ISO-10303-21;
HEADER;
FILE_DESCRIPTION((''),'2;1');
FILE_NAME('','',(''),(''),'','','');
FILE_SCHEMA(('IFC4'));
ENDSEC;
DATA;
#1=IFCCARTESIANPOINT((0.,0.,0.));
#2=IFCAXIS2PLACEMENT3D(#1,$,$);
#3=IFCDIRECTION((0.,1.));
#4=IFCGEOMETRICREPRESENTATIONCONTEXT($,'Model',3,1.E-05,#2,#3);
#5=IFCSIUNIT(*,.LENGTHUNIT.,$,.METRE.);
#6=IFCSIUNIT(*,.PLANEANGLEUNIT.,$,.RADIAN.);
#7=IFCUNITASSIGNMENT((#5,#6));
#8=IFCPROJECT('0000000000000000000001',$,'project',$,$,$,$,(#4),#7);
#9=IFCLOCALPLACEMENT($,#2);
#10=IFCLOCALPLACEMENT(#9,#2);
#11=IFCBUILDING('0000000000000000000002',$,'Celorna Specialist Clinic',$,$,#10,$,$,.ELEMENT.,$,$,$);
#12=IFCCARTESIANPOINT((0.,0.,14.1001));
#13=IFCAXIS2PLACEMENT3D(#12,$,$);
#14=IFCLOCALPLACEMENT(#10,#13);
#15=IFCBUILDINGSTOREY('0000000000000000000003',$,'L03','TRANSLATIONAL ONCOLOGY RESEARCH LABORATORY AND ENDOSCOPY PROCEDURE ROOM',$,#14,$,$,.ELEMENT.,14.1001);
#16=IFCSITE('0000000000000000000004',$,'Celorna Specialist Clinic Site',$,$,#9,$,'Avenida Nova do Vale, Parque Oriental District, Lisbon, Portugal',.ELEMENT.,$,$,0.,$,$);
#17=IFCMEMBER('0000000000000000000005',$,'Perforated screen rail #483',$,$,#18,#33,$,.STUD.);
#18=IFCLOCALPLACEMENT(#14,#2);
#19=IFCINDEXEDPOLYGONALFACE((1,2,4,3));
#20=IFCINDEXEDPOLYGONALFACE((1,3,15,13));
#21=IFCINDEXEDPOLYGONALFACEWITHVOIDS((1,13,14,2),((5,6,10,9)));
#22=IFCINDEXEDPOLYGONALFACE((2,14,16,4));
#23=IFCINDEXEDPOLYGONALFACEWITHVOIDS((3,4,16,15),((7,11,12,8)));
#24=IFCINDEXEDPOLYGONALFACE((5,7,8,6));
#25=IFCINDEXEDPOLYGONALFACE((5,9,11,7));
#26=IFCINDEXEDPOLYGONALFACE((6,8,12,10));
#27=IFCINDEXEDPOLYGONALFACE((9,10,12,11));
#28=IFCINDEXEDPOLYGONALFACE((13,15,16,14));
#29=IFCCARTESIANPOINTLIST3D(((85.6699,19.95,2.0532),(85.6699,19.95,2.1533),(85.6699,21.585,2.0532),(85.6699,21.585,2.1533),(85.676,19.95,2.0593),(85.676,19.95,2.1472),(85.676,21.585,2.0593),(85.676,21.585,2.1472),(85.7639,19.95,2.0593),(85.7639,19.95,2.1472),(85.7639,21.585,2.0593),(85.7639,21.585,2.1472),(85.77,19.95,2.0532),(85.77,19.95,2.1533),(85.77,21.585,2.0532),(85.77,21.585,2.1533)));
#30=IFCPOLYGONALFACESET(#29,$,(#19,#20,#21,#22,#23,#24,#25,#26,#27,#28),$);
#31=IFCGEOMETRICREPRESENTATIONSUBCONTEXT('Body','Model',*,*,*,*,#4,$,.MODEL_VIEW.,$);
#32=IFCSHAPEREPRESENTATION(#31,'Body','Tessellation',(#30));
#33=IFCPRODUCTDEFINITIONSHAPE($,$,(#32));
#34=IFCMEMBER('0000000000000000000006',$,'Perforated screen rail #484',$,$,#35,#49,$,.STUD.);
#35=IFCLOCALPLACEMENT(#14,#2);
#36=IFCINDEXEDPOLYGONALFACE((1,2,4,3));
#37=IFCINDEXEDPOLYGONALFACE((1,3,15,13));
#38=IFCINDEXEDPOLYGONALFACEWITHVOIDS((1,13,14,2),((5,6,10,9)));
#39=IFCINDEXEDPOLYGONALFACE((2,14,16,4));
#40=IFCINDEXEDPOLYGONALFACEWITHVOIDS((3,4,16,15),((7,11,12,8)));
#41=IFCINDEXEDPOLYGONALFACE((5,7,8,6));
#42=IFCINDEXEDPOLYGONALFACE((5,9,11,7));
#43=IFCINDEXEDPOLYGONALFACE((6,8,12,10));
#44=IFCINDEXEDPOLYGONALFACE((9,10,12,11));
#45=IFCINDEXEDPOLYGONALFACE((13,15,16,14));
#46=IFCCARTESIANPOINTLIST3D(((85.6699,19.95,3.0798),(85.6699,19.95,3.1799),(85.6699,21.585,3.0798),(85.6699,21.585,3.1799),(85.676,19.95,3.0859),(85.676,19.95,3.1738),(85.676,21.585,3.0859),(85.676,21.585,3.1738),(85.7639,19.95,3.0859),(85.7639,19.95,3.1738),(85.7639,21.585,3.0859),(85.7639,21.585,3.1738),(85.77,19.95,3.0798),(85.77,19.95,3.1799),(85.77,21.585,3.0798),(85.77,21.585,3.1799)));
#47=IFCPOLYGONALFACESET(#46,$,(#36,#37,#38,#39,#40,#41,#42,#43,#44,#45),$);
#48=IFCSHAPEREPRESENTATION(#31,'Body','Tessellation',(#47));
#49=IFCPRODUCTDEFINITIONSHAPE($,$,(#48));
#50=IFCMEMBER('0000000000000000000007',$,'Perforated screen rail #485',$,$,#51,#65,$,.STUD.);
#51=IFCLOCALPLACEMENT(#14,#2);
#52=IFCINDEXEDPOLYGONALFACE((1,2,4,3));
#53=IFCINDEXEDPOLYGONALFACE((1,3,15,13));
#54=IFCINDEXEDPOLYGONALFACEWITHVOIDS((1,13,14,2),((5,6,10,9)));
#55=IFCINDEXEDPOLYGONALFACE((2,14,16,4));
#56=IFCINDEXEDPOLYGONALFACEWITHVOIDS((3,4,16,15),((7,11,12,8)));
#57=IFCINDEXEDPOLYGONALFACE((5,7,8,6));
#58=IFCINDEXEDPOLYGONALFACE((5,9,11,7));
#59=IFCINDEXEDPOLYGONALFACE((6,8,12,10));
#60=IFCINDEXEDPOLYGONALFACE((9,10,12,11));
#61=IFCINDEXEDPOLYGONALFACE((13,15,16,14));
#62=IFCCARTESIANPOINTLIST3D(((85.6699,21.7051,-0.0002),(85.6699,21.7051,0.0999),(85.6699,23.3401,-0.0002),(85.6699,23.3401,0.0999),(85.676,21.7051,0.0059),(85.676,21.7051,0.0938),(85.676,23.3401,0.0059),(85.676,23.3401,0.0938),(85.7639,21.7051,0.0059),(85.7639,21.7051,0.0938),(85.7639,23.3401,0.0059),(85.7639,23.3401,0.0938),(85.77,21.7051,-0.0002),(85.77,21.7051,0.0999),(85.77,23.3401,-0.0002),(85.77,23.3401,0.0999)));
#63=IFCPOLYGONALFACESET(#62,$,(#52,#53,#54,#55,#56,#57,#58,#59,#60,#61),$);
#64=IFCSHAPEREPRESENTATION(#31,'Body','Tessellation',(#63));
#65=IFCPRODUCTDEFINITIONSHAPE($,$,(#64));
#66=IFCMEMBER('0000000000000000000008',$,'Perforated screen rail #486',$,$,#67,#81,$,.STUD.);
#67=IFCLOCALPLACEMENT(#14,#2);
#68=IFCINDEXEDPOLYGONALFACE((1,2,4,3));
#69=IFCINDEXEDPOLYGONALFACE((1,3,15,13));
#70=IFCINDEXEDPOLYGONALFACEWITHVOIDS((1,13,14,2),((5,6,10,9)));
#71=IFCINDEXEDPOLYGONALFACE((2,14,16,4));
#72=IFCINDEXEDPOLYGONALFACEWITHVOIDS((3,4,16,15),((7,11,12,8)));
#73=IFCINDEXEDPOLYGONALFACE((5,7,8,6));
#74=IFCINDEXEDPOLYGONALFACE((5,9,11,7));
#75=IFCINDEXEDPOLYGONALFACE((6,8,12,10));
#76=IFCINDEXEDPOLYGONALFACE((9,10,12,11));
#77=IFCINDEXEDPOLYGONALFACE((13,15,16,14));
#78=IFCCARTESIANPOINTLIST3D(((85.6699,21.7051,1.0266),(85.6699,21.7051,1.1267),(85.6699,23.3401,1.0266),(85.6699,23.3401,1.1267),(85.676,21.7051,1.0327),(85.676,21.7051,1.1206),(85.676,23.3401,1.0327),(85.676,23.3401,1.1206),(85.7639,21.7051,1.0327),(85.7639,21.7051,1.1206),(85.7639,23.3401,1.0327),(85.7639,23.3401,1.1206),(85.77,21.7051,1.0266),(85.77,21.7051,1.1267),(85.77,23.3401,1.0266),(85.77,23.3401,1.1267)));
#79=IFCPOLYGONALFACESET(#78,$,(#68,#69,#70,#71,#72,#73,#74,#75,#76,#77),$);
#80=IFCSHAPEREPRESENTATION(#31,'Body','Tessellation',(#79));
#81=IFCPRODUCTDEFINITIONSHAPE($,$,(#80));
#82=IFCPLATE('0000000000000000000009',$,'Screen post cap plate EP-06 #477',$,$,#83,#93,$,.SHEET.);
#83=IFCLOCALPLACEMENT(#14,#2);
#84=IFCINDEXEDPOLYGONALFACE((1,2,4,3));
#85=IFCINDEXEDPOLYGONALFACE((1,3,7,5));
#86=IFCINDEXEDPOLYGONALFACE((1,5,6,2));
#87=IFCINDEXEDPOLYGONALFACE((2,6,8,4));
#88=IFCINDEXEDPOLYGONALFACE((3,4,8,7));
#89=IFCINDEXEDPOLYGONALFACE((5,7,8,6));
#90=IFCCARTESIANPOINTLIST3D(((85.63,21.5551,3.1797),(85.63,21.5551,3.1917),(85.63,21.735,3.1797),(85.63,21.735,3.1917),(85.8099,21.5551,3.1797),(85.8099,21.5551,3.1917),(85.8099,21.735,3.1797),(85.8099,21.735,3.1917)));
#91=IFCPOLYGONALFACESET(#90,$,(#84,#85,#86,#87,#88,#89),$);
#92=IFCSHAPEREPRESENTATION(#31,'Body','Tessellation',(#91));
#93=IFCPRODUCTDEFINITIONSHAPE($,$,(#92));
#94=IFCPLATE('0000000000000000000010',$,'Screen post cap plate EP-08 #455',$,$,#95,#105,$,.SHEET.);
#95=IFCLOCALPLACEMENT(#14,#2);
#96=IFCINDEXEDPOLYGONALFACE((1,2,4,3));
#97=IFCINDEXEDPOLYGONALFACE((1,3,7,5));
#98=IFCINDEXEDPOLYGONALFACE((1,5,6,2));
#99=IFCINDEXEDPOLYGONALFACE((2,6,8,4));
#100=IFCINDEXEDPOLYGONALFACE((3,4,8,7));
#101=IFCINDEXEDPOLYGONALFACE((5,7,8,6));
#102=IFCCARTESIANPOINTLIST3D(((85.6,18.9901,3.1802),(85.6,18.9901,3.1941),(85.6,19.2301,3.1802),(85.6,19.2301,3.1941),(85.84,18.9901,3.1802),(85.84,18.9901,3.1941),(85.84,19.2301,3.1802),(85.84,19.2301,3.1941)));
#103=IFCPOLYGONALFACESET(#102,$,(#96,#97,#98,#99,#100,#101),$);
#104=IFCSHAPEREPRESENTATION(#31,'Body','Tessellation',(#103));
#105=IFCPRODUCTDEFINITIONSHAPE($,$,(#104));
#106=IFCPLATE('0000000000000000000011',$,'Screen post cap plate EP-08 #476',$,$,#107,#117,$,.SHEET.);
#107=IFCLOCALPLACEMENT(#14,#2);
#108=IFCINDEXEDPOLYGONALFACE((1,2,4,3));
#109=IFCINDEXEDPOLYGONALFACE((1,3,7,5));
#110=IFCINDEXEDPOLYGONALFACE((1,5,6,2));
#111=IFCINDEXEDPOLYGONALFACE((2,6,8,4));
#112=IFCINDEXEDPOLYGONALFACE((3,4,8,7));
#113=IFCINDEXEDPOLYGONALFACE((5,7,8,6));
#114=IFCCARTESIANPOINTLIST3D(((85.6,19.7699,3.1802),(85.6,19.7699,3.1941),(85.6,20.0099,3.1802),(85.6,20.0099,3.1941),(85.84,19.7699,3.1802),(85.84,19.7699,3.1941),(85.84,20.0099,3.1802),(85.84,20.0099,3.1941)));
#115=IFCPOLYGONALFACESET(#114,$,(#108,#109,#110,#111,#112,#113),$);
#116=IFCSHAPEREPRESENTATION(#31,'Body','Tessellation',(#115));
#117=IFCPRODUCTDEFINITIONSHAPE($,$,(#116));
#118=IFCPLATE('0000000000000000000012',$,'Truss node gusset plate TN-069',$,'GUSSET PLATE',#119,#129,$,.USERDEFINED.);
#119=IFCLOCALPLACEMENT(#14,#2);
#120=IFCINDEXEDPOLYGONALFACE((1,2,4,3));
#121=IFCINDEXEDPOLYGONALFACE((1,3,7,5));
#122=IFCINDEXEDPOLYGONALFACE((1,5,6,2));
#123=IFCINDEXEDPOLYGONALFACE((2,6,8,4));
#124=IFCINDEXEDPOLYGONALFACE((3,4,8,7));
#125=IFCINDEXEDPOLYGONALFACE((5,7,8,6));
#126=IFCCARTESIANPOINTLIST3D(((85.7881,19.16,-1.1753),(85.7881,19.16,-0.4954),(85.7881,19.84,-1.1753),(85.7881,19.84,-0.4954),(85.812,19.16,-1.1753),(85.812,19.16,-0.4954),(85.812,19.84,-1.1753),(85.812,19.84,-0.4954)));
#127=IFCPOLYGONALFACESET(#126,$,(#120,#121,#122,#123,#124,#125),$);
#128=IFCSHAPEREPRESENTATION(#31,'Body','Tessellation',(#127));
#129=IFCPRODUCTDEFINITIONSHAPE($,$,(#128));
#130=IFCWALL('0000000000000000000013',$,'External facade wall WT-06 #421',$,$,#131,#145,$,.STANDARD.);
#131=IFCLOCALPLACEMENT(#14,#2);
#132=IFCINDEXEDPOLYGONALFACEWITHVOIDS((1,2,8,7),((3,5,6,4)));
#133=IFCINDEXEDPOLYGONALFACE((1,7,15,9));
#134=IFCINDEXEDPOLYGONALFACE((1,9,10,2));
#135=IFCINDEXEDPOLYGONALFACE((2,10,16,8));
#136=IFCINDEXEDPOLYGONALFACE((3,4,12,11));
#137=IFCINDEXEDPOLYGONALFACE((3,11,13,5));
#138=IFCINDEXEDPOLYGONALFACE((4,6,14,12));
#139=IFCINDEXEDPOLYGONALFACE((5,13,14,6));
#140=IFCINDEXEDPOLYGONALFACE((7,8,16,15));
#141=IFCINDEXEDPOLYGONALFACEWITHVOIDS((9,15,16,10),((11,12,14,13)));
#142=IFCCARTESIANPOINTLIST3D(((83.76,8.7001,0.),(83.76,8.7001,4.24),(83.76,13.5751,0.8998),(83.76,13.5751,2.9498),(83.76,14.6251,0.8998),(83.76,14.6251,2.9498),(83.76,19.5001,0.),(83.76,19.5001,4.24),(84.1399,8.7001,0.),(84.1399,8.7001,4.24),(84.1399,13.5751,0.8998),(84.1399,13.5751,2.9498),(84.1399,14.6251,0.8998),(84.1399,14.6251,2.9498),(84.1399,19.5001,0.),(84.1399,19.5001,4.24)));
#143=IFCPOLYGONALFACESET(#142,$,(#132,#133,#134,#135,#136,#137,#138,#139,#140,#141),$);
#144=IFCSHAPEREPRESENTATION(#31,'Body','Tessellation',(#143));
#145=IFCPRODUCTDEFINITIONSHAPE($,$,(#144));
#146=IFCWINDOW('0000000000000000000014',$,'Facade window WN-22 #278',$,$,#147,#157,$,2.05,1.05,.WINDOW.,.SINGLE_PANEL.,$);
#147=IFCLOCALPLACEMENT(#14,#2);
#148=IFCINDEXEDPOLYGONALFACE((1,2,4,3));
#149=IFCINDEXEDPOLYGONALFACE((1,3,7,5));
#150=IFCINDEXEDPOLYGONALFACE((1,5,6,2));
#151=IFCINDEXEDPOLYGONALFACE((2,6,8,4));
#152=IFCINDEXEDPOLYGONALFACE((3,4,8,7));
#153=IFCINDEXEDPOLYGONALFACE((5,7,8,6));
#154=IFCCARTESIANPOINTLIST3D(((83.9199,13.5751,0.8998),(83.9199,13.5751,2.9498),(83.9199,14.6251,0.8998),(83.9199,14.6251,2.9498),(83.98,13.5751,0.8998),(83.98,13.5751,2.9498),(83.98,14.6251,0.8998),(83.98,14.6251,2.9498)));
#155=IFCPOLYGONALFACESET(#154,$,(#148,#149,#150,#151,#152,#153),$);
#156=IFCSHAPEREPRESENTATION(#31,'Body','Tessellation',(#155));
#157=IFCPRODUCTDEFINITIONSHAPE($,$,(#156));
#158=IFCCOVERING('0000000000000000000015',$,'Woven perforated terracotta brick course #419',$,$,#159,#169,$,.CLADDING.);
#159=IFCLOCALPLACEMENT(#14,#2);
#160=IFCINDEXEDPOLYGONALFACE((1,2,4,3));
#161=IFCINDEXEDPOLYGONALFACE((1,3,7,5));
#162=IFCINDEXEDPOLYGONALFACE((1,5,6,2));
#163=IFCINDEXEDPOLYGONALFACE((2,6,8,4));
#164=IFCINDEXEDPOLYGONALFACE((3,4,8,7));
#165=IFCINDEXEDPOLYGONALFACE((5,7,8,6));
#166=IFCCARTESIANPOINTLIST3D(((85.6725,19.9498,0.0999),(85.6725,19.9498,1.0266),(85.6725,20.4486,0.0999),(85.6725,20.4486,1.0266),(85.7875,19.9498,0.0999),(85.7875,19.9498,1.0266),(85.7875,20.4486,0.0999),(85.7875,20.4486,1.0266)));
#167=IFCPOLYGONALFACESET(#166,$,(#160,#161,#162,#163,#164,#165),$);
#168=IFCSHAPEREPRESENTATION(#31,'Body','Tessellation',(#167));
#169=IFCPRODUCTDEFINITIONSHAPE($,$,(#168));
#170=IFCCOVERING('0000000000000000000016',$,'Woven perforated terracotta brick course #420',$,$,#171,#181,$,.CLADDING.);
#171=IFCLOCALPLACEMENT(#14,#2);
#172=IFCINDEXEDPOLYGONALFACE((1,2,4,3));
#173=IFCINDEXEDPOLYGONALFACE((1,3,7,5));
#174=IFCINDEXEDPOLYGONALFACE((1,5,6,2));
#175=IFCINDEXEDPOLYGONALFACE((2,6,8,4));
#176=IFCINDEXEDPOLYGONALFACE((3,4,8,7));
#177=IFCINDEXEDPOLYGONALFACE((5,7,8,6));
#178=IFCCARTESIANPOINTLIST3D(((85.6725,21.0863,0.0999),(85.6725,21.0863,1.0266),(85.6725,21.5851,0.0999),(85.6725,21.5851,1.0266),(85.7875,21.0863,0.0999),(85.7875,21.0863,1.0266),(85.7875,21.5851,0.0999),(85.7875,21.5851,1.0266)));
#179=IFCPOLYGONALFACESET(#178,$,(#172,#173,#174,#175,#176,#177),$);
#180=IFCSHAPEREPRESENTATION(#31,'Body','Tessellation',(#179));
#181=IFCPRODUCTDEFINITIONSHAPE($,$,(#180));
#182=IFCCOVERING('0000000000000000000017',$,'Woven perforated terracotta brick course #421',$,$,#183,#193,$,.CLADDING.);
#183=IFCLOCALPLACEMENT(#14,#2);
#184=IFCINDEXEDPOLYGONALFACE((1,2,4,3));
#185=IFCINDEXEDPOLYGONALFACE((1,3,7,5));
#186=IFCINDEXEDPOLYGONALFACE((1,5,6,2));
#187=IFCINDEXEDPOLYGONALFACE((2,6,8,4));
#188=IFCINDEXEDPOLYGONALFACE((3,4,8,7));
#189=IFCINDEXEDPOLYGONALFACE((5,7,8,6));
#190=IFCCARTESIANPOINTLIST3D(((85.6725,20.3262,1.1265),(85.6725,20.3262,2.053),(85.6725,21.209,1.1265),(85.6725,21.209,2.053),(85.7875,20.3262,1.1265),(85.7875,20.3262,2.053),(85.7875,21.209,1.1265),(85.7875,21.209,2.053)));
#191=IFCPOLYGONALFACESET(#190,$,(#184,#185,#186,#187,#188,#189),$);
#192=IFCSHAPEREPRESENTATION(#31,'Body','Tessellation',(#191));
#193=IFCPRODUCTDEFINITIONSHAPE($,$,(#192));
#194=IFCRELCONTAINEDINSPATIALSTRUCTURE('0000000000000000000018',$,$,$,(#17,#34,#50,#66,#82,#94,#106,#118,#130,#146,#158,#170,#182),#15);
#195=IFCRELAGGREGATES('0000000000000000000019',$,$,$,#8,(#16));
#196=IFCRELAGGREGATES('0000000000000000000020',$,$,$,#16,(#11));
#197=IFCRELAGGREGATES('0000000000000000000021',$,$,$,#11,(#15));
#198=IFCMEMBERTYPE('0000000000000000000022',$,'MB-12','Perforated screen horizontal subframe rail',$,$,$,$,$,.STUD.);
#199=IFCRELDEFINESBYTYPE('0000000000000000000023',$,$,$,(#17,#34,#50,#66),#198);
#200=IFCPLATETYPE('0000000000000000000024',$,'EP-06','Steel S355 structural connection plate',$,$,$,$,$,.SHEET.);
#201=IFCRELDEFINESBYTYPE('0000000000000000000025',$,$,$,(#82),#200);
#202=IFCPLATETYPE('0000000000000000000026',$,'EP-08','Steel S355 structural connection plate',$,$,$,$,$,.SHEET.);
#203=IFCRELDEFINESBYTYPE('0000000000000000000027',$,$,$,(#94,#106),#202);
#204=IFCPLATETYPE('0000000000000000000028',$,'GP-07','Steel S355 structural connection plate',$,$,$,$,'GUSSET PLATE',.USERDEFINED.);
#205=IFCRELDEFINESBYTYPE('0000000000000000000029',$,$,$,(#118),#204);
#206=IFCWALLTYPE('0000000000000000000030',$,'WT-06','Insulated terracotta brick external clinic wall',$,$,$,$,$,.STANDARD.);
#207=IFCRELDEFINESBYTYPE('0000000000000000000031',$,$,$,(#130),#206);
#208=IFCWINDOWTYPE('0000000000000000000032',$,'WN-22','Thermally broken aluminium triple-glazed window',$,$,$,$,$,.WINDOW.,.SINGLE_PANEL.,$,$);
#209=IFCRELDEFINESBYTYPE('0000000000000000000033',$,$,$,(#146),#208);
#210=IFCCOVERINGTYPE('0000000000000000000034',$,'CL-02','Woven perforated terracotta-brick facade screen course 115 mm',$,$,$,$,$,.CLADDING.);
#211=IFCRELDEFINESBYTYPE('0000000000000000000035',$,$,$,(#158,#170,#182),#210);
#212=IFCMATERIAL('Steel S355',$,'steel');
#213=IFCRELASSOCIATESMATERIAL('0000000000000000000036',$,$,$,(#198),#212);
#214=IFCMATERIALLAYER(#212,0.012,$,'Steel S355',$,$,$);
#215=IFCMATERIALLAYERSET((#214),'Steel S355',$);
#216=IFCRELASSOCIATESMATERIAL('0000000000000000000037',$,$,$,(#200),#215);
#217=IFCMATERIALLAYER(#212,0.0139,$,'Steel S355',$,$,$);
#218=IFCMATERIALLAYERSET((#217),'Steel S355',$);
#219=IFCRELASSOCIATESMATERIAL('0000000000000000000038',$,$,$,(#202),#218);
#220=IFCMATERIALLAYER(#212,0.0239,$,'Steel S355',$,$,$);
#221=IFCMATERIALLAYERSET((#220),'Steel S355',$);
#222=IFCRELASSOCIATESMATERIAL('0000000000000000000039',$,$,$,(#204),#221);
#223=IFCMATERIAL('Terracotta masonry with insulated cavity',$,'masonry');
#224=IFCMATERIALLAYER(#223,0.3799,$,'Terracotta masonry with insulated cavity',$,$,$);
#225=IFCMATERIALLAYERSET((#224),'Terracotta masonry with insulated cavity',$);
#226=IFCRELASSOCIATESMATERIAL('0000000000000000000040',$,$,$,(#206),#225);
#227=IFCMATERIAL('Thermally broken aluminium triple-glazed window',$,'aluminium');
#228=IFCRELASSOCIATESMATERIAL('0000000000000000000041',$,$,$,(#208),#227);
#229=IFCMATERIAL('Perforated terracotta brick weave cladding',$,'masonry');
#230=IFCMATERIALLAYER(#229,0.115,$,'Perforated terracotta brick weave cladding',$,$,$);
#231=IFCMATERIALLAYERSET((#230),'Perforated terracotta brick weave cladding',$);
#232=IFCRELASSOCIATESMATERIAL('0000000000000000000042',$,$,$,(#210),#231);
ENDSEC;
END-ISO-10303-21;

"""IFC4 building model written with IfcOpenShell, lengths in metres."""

from ifc_helpers import new_model, si_unit, direction, frame, frame_2d, origin, origin_2d, place, context, subcontext, project, spatial, rectangle, hollow_rectangle, extrude, material, layer, layer_set, material_profile, profile_set, type_object, element, fill, save


model = new_model("IFC4")

# Units and contexts
model_context = context("Model", 3, precision=1e-05, world=origin(), true_north=direction((0.0, 1.0)))
body_context = subcontext(model_context, "Body", "Model", "MODEL_VIEW")
ifc_project = project(units=[si_unit("LENGTHUNIT", "METRE"), si_unit("PLANEANGLEUNIT", "RADIAN")], contexts=[model_context])

# Site, building, storey
site_placement = place(None, origin())
site = spatial("IfcSite", under=ifc_project, at=site_placement, Name="Celorna Specialist Clinic Site", LongName="Avenida Nova do Vale, Parque Oriental District, Lisbon, Portugal", CompositionType="ELEMENT", RefElevation=0.0)
building_placement = place(site_placement, origin())
building = spatial("IfcBuilding", under=site, at=building_placement, Name="Celorna Specialist Clinic", CompositionType="ELEMENT")
storey_placement = place(building_placement, frame((0.0, 0.0, 14.1001)))
storey = spatial("IfcBuildingStorey", under=building, at=storey_placement, Name="L03", Description="TRANSLATIONAL ONCOLOGY RESEARCH LABORATORY AND ENDOSCOPY PROCEDURE ROOM", CompositionType="ELEMENT", Elevation=14.1001)

# Shared definitions
ifc_material_1 = material(Name="Steel S355", Category="steel")

# Members
ifc_material_profile_1 = material_profile(ifc_material_1, hollow_rectangle(XDim=0.1001, YDim=0.1001, WallThickness=0.0061, at=origin_2d()), Name="SHS 100x100x6")
ifc_profile_set_1 = profile_set([ifc_material_profile_1], Name="Steel S355")
member_type_1 = type_object("IfcMemberType", Name="MB-12", Description="Perforated screen horizontal subframe rail", PredefinedType="STUD", material=ifc_profile_set_1)
for number, where, z_axis, x_axis, name in (
    (1, (85.72, 19.95, 2.1033), (0.0, 1.0, 0.0), (-1.0, 0.0, 0.0), "Perforated screen rail #483"),
    (2, (85.72, 19.95, 3.1299), (0.0, 1.0, 0.0), (-1.0, 0.0, 0.0), "Perforated screen rail #484"),
    (3, (85.72, 21.7051, 0.0498), (0.0, 1.0, 0.0), (-1.0, 0.0, 0.0), "Perforated screen rail #485"),
    (4, (85.72, 21.7051, 1.0767), (0.0, 1.0, 0.0), (-1.0, 0.0, 0.0), "Perforated screen rail #486"),
):
    element("IfcMember", number, at=place(storey_placement, frame(where, z_axis=z_axis, x_axis=x_axis)), inside=storey, type_object=member_type_1, Name=name, PredefinedType="STUD", context=body_context, shape_type="SweptSolid", body=[
        extrude(hollow_rectangle(XDim=0.1001, YDim=0.1001, WallThickness=0.0061, at=origin_2d()), origin(), (0.0, 0.0, 1.0), 1.635),
    ])

# Plates
ifc_layer_1 = layer(ifc_material_1, 0.012, Name="Steel S355")
ifc_layer_set_1 = layer_set([ifc_layer_1], Name="Steel S355")
plate_type_1 = type_object("IfcPlateType", Name="EP-06", Description="Steel S355 structural connection plate", PredefinedType="SHEET", material=ifc_layer_set_1)
plate_1_placement = place(storey_placement, frame((85.72, 21.645, 3.1797), z_axis=(0.0, 0.0, 1.0), x_axis=(0.0, 1.0, 0.0)))
element("IfcPlate", 5, at=plate_1_placement, inside=storey, type_object=plate_type_1, Name="Screen post cap plate EP-06 #477", PredefinedType="SHEET", context=body_context, shape_type="SweptSolid", body=[
    extrude(rectangle(XDim=0.1799, YDim=0.1799, at=origin_2d()), origin(), (0.0, 0.0, 1.0), 0.012),
])
ifc_layer_2 = layer(ifc_material_1, 0.0139, Name="Steel S355")
ifc_layer_set_2 = layer_set([ifc_layer_2], Name="Steel S355")
plate_type_2 = type_object("IfcPlateType", Name="EP-08", Description="Steel S355 structural connection plate", PredefinedType="SHEET", material=ifc_layer_set_2)
for number, where, z_axis, x_axis, name in (
    (6, (85.72, 19.1101, 3.1802), (0.0, 0.0, 1.0), (0.0, 1.0, 0.0), "Screen post cap plate EP-08 #455"),
    (7, (85.72, 19.8899, 3.1802), (0.0, 0.0, 1.0), (0.0, 1.0, 0.0), "Screen post cap plate EP-08 #476"),
):
    element("IfcPlate", number, at=place(storey_placement, frame(where, z_axis=z_axis, x_axis=x_axis)), inside=storey, type_object=plate_type_2, Name=name, PredefinedType="SHEET", context=body_context, shape_type="SweptSolid", body=[
        extrude(rectangle(XDim=0.24, YDim=0.24, at=origin_2d()), origin(), (0.0, 0.0, 1.0), 0.0139),
    ])
ifc_layer_3 = layer(ifc_material_1, 0.0239, Name="Steel S355")
ifc_layer_set_3 = layer_set([ifc_layer_3], Name="Steel S355")
plate_type_3 = type_object("IfcPlateType", Name="GP-07", Description="Steel S355 structural connection plate", ElementType="GUSSET PLATE", PredefinedType="USERDEFINED", material=ifc_layer_set_3)
plate_2_placement = place(storey_placement, frame((85.8, 19.5, -1.1753), z_axis=(0.0, 0.0, 1.0), x_axis=(0.0, 1.0, 0.0)))
element("IfcPlate", 8, at=plate_2_placement, inside=storey, type_object=plate_type_3, Name="Truss node gusset plate TN-069", ObjectType="GUSSET PLATE", PredefinedType="USERDEFINED", context=body_context, shape_type="SweptSolid", body=[
    extrude(rectangle(XDim=0.6799, YDim=0.0239, at=origin_2d()), origin(), (0.0, 0.0, 1.0), 0.6799),
])

# Wall, opening, window
ifc_material_2 = material(Name="Terracotta masonry with insulated cavity", Category="masonry")
ifc_layer_4 = layer(ifc_material_2, 0.3799, Name="Terracotta masonry with insulated cavity")
ifc_layer_set_4 = layer_set([ifc_layer_4], Name="Terracotta masonry with insulated cavity")
wall_type = type_object("IfcWallType", Name="WT-06", Description="Insulated terracotta brick external clinic wall", PredefinedType="STANDARD", material=ifc_layer_set_4)
wall_placement = place(storey_placement, frame((83.95, 19.5, 0.0), z_axis=(0.0, 0.0, 1.0), x_axis=(0.0, -1.0, 0.0)))
wall = element("IfcWall", 9, at=wall_placement, inside=storey, type_object=wall_type, Name="External facade wall WT-06 #421", PredefinedType="STANDARD", context=body_context, shape_type="SweptSolid", body=[
    extrude(rectangle(XDim=10.8, YDim=0.3799, at=frame_2d((5.3999, 0.0))), origin(), (0.0, 0.0, 1.0), 4.24),
])
opening_placement = place(wall_placement, frame((4.875, 0.0, 0.8999)))
opening = element("IfcOpeningElement", 10, at=opening_placement, cuts=wall, PredefinedType="OPENING", context=body_context, shape_type="SweptSolid", body=[
    extrude(rectangle(XDim=1.05, YDim=2.05, at=frame_2d((0.5249, 1.0249))), frame((0.0, 0.2, 0.0), z_axis=(0.0, -1.0, 0.0), x_axis=(1.0, 0.0, 0.0)), (0.0, 0.0, 1.0), 0.3999),
])
ifc_material_3 = material(Name="Thermally broken aluminium triple-glazed window", Category="aluminium")
window_type = type_object("IfcWindowType", Name="WN-22", Description="Thermally broken aluminium triple-glazed window", PartitioningType="SINGLE_PANEL", PredefinedType="WINDOW", material=ifc_material_3)
window_placement = place(opening_placement, origin())
window = element("IfcWindow", 11, at=window_placement, inside=storey, type_object=window_type, Name="Facade window WN-22 #278", OverallHeight=2.05, OverallWidth=1.05, PartitioningType="SINGLE_PANEL", PredefinedType="WINDOW", context=body_context, shape_type="SweptSolid", body=[
    extrude(rectangle(XDim=1.05, YDim=2.05, at=frame_2d((0.5249, 1.0249))), frame((0.0, 0.03, 0.0), z_axis=(0.0, -1.0, 0.0), x_axis=(1.0, 0.0, 0.0)), (0.0, 0.0, 1.0), 0.0601),
])
fill(opening, window)

# Coverings
ifc_material_4 = material(Name="Perforated terracotta brick weave cladding", Category="masonry")
ifc_layer_5 = layer(ifc_material_4, 0.115, Name="Perforated terracotta brick weave cladding")
ifc_layer_set_5 = layer_set([ifc_layer_5], Name="Perforated terracotta brick weave cladding")
covering_type = type_object("IfcCoveringType", Name="CL-02", Description="Woven perforated terracotta-brick facade screen course 115 mm", PredefinedType="CLADDING", material=ifc_layer_set_5)
for number, where, z_axis, x_axis, name in (
    (12, (85.73, 20.1992, 0.0999), (0.0, 0.0, 1.0), (0.0, 1.0, 0.0), "Woven perforated terracotta brick course #419"),
    (13, (85.73, 21.3357, 0.0999), (0.0, 0.0, 1.0), (0.0, 1.0, 0.0), "Woven perforated terracotta brick course #420"),
):
    element("IfcCovering", number, at=place(storey_placement, frame(where, z_axis=z_axis, x_axis=x_axis)), inside=storey, type_object=covering_type, Name=name, PredefinedType="CLADDING", context=body_context, shape_type="SweptSolid", body=[
        extrude(rectangle(XDim=0.4988, YDim=0.115, at=origin_2d()), origin(), (0.0, 0.0, 1.0), 0.9268),
    ])
covering_placement = place(storey_placement, frame((85.73, 20.7676, 1.1265), z_axis=(0.0, 0.0, 1.0), x_axis=(0.0, 1.0, 0.0)))
element("IfcCovering", 14, at=covering_placement, inside=storey, type_object=covering_type, Name="Woven perforated terracotta brick course #421", PredefinedType="CLADDING", context=body_context, shape_type="SweptSolid", body=[
    extrude(rectangle(XDim=0.8828, YDim=0.115, at=origin_2d()), origin(), (0.0, 0.0, 1.0), 0.9265),
])

save(model, "model.ifc")
